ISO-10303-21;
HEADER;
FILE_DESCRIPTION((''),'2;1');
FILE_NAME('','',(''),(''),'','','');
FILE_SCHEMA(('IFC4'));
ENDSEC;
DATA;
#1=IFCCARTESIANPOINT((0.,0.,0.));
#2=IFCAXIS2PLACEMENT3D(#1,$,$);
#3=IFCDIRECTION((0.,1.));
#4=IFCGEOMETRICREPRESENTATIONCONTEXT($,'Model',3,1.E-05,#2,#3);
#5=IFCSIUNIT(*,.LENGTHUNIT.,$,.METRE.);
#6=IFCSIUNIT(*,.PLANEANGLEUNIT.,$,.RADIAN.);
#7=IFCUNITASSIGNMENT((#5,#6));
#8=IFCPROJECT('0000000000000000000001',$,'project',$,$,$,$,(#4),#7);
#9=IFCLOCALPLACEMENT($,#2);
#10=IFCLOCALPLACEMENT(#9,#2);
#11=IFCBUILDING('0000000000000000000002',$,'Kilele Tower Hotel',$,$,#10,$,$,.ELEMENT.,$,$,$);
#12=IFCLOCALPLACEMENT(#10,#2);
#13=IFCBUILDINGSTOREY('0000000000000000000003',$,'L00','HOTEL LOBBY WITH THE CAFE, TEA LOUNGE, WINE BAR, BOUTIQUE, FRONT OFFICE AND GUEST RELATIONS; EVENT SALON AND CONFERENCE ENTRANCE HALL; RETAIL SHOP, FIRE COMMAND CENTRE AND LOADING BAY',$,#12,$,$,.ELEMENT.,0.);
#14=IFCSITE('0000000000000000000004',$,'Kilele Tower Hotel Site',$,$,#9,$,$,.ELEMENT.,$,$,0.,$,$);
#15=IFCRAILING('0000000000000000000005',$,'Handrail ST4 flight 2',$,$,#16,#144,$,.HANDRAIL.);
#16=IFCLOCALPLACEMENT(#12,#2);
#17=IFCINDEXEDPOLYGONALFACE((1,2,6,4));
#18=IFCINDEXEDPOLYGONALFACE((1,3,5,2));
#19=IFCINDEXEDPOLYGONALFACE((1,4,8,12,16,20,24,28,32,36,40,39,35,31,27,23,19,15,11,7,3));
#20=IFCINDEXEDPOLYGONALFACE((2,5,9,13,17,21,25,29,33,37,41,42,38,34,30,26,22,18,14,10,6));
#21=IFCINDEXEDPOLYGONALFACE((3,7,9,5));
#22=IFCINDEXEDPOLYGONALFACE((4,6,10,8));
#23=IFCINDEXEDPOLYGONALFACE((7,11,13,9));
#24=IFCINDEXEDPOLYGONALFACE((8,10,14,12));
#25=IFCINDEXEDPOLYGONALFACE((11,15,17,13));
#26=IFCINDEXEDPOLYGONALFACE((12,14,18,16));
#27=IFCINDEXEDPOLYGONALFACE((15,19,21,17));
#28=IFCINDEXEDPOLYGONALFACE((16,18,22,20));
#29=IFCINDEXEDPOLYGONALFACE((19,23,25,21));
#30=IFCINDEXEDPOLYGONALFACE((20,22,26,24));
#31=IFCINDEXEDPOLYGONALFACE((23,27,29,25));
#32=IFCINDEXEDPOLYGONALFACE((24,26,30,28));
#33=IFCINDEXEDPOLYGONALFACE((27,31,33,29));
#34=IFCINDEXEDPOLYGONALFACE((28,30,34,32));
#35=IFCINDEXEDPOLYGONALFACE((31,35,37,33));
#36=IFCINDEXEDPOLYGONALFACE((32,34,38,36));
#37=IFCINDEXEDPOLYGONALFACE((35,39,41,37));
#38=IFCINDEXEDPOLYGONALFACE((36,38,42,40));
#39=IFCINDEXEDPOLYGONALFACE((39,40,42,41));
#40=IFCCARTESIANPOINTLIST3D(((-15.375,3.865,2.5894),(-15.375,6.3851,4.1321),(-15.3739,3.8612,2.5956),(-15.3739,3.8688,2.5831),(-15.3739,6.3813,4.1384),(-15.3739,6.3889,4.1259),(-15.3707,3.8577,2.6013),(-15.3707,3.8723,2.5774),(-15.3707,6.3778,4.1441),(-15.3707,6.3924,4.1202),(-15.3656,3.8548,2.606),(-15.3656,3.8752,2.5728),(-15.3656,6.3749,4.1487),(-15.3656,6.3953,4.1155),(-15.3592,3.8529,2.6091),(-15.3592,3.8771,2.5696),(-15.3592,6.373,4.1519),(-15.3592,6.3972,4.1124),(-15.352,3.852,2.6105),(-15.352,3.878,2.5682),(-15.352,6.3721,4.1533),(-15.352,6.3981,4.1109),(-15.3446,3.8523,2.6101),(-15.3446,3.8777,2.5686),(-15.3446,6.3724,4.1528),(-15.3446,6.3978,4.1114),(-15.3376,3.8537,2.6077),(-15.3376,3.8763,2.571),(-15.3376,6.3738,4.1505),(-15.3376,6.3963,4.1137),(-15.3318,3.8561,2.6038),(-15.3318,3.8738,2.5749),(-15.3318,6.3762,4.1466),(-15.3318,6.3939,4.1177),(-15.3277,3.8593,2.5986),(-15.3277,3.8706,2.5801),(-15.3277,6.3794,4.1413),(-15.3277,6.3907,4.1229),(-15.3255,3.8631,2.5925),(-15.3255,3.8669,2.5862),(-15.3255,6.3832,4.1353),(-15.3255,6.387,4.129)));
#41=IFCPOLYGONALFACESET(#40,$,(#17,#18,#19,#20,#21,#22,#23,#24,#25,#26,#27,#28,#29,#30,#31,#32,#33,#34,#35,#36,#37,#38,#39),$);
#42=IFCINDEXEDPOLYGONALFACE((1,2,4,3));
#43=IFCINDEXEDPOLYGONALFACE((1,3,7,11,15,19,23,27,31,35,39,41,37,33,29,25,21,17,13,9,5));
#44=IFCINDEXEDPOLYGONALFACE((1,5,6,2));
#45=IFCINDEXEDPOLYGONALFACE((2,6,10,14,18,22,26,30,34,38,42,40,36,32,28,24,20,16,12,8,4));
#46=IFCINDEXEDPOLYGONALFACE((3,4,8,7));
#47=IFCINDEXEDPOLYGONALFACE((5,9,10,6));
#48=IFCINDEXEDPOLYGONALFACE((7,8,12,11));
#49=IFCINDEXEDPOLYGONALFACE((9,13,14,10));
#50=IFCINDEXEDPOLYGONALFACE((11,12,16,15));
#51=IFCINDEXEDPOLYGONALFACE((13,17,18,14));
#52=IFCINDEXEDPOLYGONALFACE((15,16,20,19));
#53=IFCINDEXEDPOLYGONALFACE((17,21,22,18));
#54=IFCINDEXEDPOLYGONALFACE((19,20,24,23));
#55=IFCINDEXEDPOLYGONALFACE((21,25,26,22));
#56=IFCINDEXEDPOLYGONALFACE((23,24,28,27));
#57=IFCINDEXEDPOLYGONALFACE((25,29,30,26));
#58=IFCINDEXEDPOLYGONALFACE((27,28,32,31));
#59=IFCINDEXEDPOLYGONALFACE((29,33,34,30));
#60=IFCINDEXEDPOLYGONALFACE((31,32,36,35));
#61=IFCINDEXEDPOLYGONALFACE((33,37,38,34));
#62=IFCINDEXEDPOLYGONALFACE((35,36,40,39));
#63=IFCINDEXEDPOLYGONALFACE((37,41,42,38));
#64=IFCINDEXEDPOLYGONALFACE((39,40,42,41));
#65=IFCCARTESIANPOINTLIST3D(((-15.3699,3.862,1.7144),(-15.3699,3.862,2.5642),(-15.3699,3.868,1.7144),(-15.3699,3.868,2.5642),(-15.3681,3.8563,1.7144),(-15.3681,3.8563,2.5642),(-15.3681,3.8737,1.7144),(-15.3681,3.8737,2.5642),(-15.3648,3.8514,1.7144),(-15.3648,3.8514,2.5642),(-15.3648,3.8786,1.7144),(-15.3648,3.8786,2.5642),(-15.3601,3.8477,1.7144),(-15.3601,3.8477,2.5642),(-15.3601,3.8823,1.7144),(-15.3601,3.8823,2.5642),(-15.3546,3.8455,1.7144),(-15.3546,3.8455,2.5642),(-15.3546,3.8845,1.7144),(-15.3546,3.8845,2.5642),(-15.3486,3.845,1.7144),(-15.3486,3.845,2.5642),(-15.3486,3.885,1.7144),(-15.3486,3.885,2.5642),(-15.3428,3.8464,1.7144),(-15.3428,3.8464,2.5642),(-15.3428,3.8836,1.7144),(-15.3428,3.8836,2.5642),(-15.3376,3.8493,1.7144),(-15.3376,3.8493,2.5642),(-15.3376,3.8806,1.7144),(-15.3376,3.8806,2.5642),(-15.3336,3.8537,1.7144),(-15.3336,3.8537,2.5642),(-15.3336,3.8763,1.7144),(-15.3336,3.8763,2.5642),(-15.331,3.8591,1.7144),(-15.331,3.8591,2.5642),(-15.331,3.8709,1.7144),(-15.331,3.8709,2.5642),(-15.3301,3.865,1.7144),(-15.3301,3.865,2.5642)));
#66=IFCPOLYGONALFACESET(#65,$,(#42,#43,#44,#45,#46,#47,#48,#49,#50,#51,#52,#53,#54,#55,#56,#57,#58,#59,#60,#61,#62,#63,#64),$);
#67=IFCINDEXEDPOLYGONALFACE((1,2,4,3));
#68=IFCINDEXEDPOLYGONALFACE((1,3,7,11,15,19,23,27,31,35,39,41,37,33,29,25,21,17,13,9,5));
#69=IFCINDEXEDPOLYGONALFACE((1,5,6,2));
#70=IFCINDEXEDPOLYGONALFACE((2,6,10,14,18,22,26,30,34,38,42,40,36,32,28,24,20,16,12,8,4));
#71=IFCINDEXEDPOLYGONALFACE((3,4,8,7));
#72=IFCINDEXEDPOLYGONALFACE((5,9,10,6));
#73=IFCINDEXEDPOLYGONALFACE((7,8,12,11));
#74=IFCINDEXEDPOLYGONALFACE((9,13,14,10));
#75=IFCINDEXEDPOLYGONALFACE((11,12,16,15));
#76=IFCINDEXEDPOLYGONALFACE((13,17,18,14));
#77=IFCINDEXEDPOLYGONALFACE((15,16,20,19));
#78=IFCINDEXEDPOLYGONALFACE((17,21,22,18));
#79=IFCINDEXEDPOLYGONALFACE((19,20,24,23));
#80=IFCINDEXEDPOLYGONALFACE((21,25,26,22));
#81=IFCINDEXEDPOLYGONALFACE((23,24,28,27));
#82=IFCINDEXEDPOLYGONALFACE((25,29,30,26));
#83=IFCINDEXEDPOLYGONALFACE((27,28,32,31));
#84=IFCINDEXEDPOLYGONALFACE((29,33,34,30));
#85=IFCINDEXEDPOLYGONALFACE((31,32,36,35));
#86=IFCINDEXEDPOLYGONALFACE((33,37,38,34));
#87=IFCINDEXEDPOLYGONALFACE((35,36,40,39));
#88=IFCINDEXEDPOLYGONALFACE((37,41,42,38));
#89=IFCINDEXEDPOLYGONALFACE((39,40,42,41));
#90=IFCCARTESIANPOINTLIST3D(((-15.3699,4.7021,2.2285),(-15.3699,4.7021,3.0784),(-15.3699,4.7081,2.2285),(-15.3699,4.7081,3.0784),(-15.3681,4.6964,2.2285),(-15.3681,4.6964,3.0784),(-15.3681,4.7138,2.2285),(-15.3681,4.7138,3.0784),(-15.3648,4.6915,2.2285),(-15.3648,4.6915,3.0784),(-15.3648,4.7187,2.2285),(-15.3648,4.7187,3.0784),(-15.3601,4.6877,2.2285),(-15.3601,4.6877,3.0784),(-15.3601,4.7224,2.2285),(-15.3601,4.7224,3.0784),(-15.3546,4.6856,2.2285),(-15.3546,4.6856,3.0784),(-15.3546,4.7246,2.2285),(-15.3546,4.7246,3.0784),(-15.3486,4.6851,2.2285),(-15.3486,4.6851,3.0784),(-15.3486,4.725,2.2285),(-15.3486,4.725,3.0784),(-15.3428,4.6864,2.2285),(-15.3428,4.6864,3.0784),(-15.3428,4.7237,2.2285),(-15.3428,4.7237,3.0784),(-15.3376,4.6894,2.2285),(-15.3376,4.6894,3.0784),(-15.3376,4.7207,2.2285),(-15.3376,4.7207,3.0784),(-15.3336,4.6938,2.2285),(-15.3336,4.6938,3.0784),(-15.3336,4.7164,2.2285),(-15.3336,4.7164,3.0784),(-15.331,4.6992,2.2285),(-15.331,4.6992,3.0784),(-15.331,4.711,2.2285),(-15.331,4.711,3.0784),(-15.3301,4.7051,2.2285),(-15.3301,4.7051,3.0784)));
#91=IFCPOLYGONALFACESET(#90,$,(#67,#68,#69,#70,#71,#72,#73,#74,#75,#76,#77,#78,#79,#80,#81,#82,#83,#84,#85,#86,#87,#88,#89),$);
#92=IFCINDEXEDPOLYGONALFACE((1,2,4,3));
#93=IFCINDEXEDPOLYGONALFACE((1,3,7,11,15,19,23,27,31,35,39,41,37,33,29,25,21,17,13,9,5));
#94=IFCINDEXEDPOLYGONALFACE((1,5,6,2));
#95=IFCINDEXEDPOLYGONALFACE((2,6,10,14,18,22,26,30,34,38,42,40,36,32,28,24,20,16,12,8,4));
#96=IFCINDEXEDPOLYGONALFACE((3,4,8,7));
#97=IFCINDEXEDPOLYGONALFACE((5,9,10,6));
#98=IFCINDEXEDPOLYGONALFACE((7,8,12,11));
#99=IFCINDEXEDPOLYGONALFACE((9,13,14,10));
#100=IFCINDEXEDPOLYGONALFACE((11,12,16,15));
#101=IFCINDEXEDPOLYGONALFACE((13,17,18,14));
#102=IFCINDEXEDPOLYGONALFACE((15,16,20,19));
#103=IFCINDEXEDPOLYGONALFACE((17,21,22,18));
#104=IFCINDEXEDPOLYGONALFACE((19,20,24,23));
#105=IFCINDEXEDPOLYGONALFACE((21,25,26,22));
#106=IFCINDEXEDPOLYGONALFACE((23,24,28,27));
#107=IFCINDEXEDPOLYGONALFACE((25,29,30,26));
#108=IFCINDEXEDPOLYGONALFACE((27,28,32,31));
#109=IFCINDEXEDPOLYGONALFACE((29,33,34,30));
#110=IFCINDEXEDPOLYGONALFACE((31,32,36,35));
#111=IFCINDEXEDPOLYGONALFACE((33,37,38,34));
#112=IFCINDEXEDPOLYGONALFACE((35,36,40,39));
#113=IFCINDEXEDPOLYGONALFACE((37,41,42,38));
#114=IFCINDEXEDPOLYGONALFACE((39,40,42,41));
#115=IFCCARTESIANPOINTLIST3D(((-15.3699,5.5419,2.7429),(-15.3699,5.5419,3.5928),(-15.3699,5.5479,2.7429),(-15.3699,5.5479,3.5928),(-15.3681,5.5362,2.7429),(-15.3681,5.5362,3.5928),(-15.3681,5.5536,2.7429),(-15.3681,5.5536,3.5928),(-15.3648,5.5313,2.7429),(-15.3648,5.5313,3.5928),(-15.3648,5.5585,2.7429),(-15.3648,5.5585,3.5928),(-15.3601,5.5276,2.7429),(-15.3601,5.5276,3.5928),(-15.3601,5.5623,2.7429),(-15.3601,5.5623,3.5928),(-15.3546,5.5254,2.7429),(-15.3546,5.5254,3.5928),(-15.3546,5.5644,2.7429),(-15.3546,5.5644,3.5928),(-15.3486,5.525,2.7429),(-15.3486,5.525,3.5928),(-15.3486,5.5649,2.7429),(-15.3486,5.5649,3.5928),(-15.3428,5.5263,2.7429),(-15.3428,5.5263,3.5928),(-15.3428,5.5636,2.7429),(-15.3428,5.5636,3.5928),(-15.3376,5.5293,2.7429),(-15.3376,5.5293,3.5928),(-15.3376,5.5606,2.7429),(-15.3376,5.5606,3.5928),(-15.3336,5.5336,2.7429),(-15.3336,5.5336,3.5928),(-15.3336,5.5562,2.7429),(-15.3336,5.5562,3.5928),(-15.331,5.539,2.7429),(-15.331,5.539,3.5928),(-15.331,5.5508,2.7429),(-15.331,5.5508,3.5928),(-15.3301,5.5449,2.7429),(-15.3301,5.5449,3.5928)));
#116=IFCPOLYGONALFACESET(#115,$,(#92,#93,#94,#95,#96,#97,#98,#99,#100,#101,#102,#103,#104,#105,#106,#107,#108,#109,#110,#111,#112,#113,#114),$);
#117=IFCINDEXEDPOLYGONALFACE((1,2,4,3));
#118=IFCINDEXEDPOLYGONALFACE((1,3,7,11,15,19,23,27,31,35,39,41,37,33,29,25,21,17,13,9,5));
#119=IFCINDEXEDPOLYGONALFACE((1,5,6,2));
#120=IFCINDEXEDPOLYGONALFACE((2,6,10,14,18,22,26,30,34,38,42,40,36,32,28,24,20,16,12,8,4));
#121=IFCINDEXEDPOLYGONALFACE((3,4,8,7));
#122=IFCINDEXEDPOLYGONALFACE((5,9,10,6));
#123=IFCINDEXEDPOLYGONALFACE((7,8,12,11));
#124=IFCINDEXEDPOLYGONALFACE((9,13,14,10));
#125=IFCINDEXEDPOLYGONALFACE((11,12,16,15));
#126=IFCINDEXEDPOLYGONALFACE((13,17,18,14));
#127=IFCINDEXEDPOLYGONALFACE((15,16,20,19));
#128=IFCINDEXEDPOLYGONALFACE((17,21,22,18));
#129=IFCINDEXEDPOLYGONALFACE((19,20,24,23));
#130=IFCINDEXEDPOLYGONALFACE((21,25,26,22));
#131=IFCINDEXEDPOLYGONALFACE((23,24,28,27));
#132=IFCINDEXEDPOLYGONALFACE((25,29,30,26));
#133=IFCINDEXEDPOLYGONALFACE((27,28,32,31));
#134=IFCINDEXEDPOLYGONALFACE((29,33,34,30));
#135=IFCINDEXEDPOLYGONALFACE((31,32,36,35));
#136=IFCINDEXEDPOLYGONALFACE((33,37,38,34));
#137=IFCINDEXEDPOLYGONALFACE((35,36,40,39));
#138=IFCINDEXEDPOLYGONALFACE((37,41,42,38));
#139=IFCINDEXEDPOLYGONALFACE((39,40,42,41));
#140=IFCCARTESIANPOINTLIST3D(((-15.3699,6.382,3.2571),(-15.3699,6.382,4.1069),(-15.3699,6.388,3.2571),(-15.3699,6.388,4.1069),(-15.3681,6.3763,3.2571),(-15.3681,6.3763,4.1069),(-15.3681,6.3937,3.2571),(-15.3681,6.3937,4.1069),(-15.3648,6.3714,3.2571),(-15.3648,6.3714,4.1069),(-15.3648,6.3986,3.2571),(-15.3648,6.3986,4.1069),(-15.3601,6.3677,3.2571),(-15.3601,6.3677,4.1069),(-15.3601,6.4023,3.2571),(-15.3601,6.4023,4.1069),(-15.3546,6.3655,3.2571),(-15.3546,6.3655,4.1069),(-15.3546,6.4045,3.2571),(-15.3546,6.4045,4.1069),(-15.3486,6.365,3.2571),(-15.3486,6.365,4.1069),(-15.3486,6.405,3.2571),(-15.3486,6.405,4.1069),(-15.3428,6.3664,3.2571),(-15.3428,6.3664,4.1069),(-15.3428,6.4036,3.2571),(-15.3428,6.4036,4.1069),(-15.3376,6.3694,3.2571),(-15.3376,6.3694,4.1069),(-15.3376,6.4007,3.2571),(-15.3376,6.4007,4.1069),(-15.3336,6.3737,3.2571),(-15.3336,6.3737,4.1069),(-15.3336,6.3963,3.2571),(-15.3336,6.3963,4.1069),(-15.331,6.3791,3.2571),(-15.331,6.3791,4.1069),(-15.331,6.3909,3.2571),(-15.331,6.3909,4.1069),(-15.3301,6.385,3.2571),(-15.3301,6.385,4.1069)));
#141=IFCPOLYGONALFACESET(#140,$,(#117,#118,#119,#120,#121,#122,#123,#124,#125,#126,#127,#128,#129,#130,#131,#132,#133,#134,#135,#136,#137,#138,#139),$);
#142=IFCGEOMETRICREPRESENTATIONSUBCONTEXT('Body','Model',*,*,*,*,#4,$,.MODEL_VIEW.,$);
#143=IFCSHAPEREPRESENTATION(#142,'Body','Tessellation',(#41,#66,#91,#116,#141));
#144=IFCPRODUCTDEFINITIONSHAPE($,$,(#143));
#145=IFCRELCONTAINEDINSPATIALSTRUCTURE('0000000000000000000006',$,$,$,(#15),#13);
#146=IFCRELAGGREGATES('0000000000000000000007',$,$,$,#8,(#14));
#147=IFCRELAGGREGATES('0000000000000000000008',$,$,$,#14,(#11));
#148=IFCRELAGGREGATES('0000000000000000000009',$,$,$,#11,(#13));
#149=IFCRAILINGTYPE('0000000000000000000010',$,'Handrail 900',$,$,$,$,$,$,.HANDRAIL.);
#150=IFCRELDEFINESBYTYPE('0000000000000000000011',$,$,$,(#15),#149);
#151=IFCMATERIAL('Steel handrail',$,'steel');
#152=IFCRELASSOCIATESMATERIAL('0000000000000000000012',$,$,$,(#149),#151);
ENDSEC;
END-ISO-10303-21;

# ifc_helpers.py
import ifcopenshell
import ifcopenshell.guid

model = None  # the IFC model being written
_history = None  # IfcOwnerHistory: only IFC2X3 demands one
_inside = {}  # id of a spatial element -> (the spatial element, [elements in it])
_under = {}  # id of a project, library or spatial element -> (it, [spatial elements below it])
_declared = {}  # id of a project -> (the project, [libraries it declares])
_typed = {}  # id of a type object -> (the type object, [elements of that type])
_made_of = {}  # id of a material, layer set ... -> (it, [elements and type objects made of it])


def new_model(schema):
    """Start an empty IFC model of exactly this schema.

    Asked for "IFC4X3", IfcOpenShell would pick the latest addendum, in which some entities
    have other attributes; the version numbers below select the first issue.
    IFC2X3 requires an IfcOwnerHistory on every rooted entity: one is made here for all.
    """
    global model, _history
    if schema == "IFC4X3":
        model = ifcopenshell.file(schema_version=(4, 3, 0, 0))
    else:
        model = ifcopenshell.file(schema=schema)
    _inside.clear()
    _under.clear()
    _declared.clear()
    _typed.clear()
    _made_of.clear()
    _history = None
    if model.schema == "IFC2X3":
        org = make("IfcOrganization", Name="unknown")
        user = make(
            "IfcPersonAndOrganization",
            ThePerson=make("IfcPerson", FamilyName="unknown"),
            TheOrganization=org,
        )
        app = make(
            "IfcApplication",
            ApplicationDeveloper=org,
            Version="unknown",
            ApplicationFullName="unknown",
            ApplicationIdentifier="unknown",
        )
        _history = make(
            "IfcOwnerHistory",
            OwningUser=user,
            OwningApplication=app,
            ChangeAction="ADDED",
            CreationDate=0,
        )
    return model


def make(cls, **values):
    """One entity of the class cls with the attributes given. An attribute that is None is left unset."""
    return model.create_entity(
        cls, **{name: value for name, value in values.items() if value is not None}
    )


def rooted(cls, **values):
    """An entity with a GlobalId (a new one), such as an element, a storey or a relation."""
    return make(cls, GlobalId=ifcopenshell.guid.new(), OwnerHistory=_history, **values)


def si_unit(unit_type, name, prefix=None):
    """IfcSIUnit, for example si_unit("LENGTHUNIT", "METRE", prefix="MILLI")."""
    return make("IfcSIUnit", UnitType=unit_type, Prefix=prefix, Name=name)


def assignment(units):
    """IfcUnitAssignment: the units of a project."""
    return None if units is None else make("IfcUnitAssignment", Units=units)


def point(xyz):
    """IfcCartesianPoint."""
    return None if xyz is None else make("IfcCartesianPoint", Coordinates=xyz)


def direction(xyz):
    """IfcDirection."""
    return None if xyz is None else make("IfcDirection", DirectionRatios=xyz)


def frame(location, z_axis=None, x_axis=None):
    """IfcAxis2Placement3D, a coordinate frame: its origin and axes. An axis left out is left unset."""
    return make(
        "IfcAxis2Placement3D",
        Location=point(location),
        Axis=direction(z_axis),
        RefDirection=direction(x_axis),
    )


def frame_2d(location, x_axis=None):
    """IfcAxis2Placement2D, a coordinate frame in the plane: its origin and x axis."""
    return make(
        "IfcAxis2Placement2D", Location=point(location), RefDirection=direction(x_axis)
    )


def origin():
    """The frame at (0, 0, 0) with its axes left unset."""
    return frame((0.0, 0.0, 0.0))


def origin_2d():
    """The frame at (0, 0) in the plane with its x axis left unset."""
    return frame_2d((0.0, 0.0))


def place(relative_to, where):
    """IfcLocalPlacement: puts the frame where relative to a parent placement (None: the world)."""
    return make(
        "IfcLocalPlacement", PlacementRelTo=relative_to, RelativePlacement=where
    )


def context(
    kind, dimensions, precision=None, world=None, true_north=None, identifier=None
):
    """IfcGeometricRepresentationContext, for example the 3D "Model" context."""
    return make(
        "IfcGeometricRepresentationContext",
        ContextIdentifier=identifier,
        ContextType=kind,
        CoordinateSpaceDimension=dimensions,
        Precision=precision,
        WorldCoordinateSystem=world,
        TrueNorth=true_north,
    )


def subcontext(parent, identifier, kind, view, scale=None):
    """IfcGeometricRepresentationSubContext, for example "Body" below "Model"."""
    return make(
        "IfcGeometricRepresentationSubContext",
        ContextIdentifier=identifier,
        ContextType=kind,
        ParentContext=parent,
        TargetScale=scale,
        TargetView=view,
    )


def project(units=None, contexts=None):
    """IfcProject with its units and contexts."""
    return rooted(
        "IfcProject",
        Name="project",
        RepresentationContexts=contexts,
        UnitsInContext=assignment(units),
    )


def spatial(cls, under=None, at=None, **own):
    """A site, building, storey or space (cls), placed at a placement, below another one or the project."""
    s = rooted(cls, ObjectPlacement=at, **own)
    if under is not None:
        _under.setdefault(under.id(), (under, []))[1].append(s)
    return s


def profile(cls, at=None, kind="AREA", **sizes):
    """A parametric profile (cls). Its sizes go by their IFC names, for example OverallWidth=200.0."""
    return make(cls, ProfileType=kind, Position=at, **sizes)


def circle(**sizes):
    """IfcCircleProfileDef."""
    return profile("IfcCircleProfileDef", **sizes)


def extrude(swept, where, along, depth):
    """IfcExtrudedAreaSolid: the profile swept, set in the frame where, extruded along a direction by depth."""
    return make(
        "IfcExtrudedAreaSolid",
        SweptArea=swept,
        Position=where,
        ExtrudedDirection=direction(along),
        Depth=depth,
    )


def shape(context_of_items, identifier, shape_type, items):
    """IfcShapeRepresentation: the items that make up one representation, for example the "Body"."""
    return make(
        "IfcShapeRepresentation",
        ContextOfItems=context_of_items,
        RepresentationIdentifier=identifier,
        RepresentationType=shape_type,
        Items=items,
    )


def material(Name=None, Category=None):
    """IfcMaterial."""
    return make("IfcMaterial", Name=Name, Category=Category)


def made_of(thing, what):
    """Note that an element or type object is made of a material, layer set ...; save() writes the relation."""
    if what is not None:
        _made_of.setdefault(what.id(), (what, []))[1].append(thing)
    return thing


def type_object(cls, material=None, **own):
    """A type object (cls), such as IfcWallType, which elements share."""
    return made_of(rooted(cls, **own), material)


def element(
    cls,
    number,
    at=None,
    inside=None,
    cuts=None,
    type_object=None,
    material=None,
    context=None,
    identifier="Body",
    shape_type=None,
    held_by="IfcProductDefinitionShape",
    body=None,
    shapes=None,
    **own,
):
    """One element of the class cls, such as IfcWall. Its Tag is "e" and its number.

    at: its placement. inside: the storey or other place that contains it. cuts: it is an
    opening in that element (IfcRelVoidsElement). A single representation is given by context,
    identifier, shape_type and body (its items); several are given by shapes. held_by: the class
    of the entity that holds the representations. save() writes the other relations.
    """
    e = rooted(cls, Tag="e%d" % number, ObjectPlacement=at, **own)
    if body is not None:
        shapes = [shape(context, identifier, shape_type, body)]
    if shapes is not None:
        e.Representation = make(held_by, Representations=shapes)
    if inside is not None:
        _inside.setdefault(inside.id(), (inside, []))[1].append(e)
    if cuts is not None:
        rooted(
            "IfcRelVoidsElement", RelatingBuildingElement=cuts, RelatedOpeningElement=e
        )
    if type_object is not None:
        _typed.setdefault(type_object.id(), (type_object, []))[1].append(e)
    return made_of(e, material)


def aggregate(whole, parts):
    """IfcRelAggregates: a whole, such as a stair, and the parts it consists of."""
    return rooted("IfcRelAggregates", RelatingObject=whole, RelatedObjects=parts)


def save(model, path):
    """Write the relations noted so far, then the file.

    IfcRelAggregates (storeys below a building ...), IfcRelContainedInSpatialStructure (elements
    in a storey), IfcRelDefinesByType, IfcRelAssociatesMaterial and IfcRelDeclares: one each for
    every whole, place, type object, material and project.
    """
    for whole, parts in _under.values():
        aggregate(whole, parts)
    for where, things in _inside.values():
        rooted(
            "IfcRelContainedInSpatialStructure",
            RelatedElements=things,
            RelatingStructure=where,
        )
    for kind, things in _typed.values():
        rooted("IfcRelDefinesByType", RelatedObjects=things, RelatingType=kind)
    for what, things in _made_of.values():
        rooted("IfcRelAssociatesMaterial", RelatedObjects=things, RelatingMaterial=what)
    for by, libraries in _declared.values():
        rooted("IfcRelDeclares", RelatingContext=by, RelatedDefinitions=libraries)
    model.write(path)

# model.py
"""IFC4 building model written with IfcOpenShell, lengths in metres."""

from ifc_helpers import new_model, si_unit, direction, frame, origin, origin_2d, place, context, subcontext, project, spatial, circle, extrude, material, type_object, element, save


model = new_model("IFC4")

# Units and contexts
model_context = context("Model", 3, precision=1e-05, world=origin(), true_north=direction((0.0, 1.0)))
body_context = subcontext(model_context, "Body", "Model", "MODEL_VIEW")
ifc_project = project(units=[si_unit("LENGTHUNIT", "METRE"), si_unit("PLANEANGLEUNIT", "RADIAN")], contexts=[model_context])

# Site, building, storey
site_placement = place(None, origin())
site = spatial("IfcSite", under=ifc_project, at=site_placement, Name="Kilele Tower Hotel Site", CompositionType="ELEMENT", RefElevation=0.0)
building_placement = place(site_placement, origin())
building = spatial("IfcBuilding", under=site, at=building_placement, Name="Kilele Tower Hotel", CompositionType="ELEMENT")
storey_placement = place(building_placement, origin())
storey = spatial("IfcBuildingStorey", under=building, at=storey_placement, Name="L00", Description="HOTEL LOBBY WITH THE CAFE, TEA LOUNGE, WINE BAR, BOUTIQUE, FRONT OFFICE AND GUEST RELATIONS; EVENT SALON AND CONFERENCE ENTRANCE HALL; RETAIL SHOP, FIRE COMMAND CENTRE AND LOADING BAY", CompositionType="ELEMENT", Elevation=0.0)

# Railing
ifc_material_1 = material(Name="Steel handrail", Category="steel")
railing_type_1 = type_object("IfcRailingType", Name="Handrail 900", PredefinedType="HANDRAIL", material=ifc_material_1)
for number, where, name in (
    (1, (-15.3501, 3.865, 1.7144), "Handrail ST4 flight 2"),
):
    element("IfcRailing", number, at=place(storey_placement, frame(where)), inside=storey, type_object=railing_type_1, Name=name, PredefinedType="HANDRAIL", context=body_context, shape_type="SweptSolid", body=[
        extrude(circle(Radius=0.0249, at=origin_2d()), frame((0.0, 0.0, 0.875), z_axis=(0.0, 0.852873, 0.522118), x_axis=(-1.0, 0.0, 0.0)), (0.0, 0.0, 1.0), 2.9548),
        extrude(circle(Radius=0.02, at=origin_2d()), origin(), (0.0, 0.0, 1.0), 0.8499),
        extrude(circle(Radius=0.02, at=origin_2d()), frame((0.0, 0.8401, 0.5142)), (0.0, 0.0, 1.0), 0.8499),
        extrude(circle(Radius=0.02, at=origin_2d()), frame((0.0, 1.6799, 1.0286)), (0.0, 0.0, 1.0), 0.8499),
        extrude(circle(Radius=0.02, at=origin_2d()), frame((0.0, 2.52, 1.5427)), (0.0, 0.0, 1.0), 0.8499),
    ])

save(model, "model.ifc")
